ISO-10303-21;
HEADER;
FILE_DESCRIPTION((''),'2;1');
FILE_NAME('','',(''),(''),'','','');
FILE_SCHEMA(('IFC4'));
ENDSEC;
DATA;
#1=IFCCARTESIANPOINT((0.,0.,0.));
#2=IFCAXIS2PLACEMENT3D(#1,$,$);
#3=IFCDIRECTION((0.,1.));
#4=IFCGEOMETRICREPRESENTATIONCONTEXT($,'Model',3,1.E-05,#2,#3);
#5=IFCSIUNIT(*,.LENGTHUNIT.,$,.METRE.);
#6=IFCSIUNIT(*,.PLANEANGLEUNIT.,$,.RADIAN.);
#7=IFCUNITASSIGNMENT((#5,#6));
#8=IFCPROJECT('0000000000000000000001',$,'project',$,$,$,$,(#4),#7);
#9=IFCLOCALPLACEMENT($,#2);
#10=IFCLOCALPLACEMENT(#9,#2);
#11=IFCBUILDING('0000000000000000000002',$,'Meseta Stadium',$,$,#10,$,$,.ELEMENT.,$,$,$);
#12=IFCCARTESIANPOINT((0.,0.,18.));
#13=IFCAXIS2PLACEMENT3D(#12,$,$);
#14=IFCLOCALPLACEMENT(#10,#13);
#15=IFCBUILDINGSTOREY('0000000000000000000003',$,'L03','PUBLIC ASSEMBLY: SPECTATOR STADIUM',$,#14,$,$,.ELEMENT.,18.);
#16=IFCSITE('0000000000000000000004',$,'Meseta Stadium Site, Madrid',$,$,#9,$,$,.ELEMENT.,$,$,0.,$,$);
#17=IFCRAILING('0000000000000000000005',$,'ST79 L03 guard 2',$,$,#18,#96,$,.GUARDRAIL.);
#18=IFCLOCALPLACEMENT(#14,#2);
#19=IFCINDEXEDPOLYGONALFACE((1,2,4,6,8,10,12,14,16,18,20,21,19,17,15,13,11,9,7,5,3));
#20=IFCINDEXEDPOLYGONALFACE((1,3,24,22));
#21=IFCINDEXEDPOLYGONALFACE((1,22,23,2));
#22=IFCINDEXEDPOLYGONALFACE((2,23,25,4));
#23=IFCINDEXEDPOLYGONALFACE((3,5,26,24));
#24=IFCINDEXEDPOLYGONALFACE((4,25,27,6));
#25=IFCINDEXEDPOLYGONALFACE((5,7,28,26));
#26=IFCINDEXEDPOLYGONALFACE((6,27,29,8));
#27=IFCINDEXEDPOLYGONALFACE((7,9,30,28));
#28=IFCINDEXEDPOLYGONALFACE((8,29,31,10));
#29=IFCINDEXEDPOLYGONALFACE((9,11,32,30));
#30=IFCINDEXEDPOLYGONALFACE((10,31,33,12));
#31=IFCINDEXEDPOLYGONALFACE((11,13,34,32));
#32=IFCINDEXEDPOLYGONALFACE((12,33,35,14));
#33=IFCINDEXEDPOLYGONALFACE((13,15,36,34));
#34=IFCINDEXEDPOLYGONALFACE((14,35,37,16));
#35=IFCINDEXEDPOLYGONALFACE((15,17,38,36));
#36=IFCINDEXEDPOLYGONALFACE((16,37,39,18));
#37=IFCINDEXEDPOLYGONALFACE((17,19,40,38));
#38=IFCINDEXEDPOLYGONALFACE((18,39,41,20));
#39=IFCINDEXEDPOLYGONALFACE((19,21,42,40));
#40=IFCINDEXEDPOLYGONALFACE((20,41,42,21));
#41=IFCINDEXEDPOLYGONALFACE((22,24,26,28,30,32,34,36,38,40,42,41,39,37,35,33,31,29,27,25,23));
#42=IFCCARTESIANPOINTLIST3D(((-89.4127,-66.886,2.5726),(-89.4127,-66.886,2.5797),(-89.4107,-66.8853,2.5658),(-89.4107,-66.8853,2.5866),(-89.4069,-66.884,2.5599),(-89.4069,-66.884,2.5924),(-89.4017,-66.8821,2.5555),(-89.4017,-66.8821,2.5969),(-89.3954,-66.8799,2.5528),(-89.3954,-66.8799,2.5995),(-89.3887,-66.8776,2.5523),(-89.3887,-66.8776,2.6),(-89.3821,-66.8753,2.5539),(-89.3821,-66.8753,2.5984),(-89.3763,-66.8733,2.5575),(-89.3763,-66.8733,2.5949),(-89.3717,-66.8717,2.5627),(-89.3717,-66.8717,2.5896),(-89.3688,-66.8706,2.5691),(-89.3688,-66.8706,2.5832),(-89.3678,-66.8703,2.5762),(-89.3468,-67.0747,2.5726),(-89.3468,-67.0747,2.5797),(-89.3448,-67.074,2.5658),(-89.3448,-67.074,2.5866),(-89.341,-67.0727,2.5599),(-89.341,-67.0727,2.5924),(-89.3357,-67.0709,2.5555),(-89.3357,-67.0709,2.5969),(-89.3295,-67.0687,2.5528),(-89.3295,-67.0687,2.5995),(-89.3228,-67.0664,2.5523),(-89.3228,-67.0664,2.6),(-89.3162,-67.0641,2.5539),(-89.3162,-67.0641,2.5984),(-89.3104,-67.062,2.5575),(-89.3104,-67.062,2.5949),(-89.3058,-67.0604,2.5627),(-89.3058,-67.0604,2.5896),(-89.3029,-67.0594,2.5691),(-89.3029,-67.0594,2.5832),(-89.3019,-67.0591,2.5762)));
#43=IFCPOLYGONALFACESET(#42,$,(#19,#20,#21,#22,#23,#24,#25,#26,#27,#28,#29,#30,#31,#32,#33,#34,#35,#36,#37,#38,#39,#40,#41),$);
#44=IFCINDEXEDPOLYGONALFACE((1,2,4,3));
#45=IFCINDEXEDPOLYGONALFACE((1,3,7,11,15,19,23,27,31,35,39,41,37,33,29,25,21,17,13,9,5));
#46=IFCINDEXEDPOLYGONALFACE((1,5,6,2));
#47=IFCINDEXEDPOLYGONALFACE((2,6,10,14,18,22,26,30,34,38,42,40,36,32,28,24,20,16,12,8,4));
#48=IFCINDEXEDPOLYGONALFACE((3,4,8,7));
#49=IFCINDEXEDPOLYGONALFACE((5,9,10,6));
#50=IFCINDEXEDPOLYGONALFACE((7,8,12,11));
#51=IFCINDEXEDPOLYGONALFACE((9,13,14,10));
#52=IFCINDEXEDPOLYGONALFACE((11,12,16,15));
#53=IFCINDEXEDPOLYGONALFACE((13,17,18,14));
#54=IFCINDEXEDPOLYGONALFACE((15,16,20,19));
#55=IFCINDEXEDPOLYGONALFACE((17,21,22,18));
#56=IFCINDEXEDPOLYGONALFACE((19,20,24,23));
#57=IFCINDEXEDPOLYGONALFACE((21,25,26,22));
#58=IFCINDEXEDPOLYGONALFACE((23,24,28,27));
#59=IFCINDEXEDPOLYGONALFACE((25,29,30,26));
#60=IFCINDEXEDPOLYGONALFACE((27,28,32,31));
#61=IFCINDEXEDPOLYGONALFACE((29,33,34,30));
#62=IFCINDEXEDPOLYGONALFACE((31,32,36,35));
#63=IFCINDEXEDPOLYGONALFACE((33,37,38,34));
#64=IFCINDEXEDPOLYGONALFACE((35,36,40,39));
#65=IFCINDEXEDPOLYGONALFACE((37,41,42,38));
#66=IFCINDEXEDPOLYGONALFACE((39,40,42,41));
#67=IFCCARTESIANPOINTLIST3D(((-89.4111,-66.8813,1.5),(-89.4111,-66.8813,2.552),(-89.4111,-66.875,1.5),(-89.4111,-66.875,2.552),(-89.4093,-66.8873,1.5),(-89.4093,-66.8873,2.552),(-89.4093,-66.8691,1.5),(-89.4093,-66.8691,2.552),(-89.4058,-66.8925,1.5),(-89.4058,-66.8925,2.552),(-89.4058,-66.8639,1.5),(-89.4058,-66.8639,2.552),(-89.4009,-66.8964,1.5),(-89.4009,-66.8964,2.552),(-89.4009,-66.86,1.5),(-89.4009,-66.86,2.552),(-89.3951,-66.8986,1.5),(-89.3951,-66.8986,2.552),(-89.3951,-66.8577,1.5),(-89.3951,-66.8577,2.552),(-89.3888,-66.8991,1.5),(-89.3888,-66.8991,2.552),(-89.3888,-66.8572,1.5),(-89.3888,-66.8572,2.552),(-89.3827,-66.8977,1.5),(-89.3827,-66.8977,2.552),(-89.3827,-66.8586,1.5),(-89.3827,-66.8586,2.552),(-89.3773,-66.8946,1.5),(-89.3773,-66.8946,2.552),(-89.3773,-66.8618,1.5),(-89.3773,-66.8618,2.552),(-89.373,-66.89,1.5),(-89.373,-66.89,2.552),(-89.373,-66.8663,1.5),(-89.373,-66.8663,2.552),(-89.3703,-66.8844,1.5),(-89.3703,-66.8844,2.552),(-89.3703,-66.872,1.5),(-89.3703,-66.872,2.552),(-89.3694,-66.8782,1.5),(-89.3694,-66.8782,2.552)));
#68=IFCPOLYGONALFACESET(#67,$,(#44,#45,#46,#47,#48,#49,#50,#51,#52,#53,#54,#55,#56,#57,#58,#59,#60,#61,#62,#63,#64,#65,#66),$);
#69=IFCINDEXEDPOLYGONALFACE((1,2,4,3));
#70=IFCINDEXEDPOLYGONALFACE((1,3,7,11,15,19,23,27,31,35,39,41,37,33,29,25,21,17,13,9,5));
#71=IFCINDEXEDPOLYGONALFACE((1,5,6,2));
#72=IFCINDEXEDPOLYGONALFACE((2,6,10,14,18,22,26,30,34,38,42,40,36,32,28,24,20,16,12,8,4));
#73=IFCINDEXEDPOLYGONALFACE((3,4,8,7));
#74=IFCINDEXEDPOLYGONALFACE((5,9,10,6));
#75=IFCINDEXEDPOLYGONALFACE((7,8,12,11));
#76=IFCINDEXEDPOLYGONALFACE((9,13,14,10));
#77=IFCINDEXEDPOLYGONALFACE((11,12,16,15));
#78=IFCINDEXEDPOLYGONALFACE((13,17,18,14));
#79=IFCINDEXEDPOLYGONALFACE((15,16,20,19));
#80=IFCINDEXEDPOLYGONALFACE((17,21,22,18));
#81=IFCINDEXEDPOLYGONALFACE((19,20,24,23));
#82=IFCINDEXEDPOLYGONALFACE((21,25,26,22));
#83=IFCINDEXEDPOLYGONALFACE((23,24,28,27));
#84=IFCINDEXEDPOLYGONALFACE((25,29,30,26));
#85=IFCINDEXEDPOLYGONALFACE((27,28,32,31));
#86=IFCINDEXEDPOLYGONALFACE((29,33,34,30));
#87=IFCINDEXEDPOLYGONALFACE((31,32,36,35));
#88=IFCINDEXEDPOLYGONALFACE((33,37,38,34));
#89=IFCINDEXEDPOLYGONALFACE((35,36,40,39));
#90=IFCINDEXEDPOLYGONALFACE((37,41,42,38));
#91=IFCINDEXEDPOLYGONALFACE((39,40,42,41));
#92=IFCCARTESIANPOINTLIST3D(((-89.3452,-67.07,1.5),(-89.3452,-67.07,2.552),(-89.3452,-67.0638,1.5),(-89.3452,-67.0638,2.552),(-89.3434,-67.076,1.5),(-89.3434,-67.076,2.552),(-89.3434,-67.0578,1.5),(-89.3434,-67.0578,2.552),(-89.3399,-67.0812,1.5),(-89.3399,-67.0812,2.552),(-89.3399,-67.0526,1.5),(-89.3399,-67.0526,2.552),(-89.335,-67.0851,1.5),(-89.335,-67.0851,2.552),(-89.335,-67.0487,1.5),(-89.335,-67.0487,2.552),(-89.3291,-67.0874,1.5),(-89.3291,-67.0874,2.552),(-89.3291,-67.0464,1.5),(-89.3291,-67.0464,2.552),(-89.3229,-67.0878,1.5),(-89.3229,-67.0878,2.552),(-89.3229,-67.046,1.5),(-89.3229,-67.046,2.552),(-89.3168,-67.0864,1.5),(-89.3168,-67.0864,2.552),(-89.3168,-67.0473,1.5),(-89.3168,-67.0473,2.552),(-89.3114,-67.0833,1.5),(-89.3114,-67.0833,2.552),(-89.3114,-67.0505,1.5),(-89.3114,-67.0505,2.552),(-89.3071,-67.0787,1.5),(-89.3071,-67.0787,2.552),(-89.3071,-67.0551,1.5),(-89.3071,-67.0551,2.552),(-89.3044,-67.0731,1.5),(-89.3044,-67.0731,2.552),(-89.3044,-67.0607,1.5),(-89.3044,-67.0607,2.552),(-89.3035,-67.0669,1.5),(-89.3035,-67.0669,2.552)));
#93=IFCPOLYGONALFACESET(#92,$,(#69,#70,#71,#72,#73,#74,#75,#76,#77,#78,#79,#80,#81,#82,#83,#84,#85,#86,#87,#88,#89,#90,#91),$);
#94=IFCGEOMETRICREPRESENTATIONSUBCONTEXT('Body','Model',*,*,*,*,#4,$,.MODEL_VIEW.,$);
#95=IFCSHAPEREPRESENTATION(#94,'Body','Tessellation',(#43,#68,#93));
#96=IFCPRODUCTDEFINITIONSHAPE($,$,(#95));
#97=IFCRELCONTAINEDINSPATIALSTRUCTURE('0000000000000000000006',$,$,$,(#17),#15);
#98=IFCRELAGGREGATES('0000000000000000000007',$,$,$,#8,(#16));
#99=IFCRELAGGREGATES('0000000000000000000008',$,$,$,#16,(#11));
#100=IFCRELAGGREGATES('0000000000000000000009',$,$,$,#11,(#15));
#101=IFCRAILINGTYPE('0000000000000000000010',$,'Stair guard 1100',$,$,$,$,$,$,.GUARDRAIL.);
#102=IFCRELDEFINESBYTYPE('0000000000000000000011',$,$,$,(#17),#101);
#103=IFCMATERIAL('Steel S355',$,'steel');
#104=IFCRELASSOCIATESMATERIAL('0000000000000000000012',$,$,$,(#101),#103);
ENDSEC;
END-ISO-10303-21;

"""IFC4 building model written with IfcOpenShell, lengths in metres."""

from ifc_helpers import new_model, si_unit, direction, frame, origin, origin_2d, place, context, subcontext, project, spatial, circle, extrude, material, type_object, element, save


model = new_model("IFC4")

# Units and contexts
model_context = context("Model", 3, precision=1e-05, world=origin(), true_north=direction((0.0, 1.0)))
body_context = subcontext(model_context, "Body", "Model", "MODEL_VIEW")
ifc_project = project(units=[si_unit("LENGTHUNIT", "METRE"), si_unit("PLANEANGLEUNIT", "RADIAN")], contexts=[model_context])

# Site, building, storey
site_placement = place(None, origin())
site = spatial("IfcSite", under=ifc_project, at=site_placement, Name="Meseta Stadium Site, Madrid", CompositionType="ELEMENT", RefElevation=0.0)
building_placement = place(site_placement, origin())
building = spatial("IfcBuilding", under=site, at=building_placement, Name="Meseta Stadium", CompositionType="ELEMENT")
storey_placement = place(building_placement, frame((0.0, 0.0, 18.0)))
storey = spatial("IfcBuildingStorey", under=building, at=storey_placement, Name="L03", Description="PUBLIC ASSEMBLY: SPECTATOR STADIUM", CompositionType="ELEMENT", Elevation=18.0)

# Railing
ifc_material_1 = material(Name="Steel S355", Category="steel")
railing_type_1 = type_object("IfcRailingType", Name="Stair guard 1100", PredefinedType="GUARDRAIL", material=ifc_material_1)
railing_1_placement = place(storey_placement, frame((-89.3904, -66.8782, 1.5)))
element("IfcRailing", 1, at=railing_1_placement, inside=storey, type_object=railing_type_1, Name="ST79 L03 guard 2", PredefinedType="GUARDRAIL", context=body_context, shape_type="SweptSolid", body=[
    extrude(circle(Radius=0.0239, at=origin_2d()), frame((0.0, 0.0, 1.0762), z_axis=(0.329752, -0.944068, 0.0), x_axis=(0.944068, 0.329752, 0.0)), (0.0, 0.0, 1.0), 0.2),
    extrude(circle(Radius=0.021, at=origin_2d()), origin(), (0.0, 0.0, 1.0), 1.052),
    extrude(circle(Radius=0.021, at=origin_2d()), frame((0.0659, -0.1887, 0.0)), (0.0, 0.0, 1.0), 1.052),
])

save(model, "model.ifc")
